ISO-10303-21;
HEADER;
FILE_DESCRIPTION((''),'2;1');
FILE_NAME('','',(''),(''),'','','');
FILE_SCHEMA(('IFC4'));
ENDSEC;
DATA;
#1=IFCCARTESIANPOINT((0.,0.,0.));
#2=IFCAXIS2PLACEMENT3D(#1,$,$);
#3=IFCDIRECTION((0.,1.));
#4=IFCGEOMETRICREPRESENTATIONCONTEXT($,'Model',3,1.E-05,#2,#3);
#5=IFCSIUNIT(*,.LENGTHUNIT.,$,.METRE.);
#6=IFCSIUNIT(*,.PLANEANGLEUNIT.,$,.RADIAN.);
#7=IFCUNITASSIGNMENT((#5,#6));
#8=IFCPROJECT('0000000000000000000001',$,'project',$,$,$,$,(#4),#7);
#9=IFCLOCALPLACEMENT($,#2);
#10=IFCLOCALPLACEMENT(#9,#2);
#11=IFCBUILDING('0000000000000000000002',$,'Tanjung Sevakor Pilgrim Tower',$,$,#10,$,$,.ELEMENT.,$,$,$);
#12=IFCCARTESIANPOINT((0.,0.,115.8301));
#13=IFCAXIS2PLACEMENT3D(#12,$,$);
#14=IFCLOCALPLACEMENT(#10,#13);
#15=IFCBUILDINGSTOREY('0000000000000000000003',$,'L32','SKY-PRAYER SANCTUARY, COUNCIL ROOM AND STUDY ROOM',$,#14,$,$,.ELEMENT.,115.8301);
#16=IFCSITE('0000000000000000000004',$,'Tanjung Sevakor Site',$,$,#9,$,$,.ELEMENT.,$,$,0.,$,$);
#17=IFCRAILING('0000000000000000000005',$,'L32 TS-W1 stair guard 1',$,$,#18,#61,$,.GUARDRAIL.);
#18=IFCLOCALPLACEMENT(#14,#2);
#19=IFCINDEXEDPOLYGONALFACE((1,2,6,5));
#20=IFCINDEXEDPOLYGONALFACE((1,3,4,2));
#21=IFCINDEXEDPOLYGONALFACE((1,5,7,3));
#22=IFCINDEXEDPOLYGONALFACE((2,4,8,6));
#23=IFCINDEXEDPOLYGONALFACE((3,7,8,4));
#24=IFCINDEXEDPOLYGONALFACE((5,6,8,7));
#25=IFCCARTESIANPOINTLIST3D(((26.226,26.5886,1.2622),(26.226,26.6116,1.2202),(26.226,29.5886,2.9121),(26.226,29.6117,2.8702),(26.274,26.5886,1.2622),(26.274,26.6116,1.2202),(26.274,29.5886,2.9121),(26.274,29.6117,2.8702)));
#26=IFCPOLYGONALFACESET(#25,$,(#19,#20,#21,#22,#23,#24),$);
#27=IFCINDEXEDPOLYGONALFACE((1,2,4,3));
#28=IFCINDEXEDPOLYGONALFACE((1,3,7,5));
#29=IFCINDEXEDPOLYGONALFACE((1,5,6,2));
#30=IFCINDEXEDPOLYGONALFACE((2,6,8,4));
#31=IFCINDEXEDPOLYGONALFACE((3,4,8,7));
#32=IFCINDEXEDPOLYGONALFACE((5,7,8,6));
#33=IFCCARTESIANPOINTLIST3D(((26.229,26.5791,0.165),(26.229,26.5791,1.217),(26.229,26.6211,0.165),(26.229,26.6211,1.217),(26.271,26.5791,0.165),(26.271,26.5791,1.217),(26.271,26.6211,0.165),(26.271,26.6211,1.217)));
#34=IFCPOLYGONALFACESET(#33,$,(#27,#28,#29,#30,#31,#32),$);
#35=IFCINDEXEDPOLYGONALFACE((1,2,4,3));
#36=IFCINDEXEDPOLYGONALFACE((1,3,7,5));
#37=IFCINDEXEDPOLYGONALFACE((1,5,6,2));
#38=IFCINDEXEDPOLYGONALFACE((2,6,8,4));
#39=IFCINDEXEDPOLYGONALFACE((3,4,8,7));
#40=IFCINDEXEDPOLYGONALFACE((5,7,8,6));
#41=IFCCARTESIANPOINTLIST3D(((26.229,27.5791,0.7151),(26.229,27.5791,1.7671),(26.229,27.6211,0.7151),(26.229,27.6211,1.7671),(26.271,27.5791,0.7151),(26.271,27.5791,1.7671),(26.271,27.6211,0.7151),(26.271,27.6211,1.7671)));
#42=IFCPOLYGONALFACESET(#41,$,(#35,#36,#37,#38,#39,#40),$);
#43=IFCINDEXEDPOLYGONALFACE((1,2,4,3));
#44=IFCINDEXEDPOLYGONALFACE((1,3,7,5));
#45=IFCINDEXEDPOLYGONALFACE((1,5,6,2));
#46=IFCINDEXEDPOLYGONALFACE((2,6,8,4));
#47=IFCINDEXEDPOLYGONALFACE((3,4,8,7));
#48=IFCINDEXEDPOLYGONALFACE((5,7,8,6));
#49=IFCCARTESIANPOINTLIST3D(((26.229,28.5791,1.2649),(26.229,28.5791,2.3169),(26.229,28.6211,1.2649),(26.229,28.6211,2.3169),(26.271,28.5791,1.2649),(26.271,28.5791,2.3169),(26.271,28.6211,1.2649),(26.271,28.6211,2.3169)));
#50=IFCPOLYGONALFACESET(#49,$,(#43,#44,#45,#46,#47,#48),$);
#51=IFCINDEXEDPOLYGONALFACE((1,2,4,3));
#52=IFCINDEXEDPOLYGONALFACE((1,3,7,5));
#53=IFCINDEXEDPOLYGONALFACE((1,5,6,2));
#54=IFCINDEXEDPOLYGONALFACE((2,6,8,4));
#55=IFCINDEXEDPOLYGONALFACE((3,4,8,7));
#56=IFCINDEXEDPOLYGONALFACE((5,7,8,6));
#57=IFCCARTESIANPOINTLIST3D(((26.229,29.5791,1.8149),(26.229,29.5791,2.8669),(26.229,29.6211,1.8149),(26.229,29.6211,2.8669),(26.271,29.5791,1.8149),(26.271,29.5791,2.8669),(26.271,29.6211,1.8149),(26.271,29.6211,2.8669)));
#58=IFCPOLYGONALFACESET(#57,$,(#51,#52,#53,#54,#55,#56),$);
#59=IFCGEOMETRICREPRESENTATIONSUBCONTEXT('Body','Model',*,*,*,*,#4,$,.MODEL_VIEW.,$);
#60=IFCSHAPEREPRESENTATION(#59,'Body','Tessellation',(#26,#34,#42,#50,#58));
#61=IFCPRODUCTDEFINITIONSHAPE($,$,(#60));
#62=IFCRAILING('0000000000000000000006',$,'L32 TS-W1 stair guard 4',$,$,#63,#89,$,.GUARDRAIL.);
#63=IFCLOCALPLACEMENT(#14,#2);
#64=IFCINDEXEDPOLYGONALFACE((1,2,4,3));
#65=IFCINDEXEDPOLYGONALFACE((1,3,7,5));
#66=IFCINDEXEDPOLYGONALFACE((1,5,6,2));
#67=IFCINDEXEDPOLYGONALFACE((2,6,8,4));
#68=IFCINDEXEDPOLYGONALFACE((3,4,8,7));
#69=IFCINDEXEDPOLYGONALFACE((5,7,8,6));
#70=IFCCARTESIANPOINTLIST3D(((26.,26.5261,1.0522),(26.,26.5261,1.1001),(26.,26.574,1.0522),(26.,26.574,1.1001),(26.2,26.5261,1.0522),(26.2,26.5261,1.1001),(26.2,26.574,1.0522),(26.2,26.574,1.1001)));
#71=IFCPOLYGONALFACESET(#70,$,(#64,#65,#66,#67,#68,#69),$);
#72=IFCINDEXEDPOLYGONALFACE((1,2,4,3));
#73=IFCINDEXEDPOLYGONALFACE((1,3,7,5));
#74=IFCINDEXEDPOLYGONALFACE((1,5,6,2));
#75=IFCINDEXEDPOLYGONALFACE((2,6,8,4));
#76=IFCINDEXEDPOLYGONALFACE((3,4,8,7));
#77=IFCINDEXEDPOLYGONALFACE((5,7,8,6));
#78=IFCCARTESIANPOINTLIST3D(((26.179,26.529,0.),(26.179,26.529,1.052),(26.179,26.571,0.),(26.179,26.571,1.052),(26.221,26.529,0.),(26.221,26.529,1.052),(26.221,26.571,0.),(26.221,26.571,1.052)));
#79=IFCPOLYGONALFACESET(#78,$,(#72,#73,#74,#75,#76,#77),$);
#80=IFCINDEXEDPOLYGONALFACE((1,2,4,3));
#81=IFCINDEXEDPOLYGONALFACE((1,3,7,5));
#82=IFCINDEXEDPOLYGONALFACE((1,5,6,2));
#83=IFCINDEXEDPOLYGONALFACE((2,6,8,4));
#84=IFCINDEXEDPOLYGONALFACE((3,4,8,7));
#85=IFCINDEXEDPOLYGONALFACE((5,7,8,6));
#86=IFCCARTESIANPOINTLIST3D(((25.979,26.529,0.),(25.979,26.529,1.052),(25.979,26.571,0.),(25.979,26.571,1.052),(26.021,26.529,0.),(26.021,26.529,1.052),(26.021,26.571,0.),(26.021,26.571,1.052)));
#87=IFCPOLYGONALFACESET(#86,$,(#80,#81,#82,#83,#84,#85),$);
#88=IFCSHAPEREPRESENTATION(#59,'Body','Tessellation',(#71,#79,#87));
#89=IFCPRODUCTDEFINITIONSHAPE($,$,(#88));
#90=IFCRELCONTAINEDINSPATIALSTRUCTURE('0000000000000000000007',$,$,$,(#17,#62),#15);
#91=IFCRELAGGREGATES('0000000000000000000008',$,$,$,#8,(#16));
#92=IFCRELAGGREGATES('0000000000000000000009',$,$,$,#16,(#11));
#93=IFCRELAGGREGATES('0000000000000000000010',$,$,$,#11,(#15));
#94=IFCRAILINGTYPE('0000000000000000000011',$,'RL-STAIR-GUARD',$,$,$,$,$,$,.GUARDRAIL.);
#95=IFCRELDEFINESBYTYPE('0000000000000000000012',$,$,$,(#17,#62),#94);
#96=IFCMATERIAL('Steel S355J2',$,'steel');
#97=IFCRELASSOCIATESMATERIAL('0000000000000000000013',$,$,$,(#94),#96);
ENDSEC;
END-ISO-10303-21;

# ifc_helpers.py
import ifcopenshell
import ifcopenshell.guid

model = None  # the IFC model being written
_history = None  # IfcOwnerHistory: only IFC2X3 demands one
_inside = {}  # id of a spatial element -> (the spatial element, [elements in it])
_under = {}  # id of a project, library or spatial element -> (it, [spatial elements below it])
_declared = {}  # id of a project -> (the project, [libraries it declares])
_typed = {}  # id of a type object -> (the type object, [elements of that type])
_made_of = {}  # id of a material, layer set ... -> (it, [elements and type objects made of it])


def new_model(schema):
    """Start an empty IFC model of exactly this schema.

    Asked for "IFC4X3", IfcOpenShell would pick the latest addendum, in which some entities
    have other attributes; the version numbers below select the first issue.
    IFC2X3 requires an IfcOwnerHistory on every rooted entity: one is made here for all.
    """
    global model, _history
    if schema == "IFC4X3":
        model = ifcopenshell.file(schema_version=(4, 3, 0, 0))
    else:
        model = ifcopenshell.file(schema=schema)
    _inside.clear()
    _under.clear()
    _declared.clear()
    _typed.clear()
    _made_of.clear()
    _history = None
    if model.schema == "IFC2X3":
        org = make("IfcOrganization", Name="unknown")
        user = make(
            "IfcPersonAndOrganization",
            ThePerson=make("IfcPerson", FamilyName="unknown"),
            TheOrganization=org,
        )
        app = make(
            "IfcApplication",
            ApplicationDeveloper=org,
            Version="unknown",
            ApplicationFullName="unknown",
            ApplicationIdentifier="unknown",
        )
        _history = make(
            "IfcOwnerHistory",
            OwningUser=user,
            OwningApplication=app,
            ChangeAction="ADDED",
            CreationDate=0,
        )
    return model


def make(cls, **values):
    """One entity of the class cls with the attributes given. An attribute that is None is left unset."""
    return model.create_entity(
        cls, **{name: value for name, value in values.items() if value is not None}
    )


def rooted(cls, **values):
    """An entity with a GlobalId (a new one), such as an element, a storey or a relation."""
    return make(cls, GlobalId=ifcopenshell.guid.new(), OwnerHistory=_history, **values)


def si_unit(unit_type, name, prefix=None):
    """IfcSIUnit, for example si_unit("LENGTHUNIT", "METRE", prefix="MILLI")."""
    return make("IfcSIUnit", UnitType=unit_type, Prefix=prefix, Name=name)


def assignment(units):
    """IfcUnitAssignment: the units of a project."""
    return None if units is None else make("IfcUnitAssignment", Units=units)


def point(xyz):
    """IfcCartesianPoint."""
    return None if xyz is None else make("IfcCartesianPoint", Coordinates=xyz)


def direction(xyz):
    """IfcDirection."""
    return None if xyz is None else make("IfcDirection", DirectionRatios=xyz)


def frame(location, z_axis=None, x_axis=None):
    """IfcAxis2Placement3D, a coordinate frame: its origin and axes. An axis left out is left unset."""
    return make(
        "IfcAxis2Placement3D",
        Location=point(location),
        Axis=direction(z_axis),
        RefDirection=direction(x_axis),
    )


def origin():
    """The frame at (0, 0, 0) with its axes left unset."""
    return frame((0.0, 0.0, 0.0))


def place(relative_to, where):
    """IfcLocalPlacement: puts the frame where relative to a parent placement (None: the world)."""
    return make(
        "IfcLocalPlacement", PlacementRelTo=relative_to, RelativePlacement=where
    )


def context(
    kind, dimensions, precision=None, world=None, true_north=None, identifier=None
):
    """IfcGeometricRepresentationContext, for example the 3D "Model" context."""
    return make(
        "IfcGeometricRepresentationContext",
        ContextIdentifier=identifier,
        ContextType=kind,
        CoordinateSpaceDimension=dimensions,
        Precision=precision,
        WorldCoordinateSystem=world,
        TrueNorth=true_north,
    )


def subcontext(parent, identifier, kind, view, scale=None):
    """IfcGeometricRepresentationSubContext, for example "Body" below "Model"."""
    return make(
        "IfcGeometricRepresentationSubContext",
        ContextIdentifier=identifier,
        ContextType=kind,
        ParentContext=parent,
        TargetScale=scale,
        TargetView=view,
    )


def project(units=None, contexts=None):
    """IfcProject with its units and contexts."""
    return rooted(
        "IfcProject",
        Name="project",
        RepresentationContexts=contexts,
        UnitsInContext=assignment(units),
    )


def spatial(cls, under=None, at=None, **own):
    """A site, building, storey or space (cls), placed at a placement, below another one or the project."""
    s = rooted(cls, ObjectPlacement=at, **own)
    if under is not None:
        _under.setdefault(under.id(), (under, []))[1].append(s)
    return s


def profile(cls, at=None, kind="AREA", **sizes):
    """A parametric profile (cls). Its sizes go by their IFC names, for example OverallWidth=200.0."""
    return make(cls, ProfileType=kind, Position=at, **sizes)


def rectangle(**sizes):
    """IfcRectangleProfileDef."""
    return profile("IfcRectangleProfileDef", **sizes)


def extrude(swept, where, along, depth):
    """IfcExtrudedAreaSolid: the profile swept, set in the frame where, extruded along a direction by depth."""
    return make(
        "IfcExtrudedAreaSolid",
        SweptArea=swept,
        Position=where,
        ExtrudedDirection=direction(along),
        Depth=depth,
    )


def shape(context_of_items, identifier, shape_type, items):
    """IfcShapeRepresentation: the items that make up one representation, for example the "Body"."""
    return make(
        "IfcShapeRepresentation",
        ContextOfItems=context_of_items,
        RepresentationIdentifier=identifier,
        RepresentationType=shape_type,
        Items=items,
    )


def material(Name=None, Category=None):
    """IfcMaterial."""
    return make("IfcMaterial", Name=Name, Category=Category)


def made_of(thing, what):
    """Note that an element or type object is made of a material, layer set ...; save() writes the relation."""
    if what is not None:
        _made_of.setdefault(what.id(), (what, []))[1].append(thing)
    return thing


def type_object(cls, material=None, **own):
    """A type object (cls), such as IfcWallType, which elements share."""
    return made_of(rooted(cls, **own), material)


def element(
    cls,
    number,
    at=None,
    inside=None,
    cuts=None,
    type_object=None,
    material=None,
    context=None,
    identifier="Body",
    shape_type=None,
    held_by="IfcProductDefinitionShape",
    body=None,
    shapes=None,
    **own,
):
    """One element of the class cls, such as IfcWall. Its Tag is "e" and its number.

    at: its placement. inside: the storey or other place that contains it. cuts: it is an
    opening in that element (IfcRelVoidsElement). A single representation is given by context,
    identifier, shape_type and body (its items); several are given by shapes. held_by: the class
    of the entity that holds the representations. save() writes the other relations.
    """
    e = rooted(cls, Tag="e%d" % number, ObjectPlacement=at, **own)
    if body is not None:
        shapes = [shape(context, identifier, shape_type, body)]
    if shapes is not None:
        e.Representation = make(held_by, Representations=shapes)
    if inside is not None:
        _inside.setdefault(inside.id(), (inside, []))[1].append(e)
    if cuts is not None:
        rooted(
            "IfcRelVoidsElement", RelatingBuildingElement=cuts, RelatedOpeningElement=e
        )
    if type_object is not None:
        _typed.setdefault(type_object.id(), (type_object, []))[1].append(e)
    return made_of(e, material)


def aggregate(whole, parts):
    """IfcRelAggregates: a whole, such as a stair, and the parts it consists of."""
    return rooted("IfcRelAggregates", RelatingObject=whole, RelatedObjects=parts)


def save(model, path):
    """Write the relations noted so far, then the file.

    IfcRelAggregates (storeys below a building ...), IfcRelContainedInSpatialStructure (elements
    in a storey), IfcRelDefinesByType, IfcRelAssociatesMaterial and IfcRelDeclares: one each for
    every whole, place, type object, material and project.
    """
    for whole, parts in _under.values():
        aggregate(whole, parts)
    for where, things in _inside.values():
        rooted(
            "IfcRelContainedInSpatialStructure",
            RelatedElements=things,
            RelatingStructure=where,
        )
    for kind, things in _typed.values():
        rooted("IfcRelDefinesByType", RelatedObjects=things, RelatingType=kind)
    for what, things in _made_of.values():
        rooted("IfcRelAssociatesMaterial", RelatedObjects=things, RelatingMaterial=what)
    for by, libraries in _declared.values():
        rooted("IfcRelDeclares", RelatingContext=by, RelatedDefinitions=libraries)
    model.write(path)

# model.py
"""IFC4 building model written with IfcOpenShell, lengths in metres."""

from ifc_helpers import new_model, si_unit, direction, frame, origin, place, context, subcontext, project, spatial, rectangle, extrude, material, type_object, element, save


model = new_model("IFC4")

# Units and contexts
model_context = context("Model", 3, precision=1e-05, world=origin(), true_north=direction((0.0, 1.0)))
body_context = subcontext(model_context, "Body", "Model", "MODEL_VIEW")
ifc_project = project(units=[si_unit("LENGTHUNIT", "METRE"), si_unit("PLANEANGLEUNIT", "RADIAN")], contexts=[model_context])

# Site, building, storey
site_placement = place(None, origin())
site = spatial("IfcSite", under=ifc_project, at=site_placement, Name="Tanjung Sevakor Site", CompositionType="ELEMENT", RefElevation=0.0)
building_placement = place(site_placement, origin())
building = spatial("IfcBuilding", under=site, at=building_placement, Name="Tanjung Sevakor Pilgrim Tower", CompositionType="ELEMENT")
storey_placement = place(building_placement, frame((0.0, 0.0, 115.8301)))
storey = spatial("IfcBuildingStorey", under=building, at=storey_placement, Name="L32", Description="SKY-PRAYER SANCTUARY, COUNCIL ROOM AND STUDY ROOM", CompositionType="ELEMENT", Elevation=115.8301)

# Railings
ifc_material_1 = material(Name="Steel S355J2", Category="steel")
railing_type_1 = type_object("IfcRailingType", Name="RL-STAIR-GUARD", PredefinedType="GUARDRAIL", material=ifc_material_1)
railing_1_placement = place(storey_placement, frame((26.25, 26.6001, 0.165)))
element("IfcRailing", 1, at=railing_1_placement, inside=storey, type_object=railing_type_1, Name="L32 TS-W1 stair guard 1", PredefinedType="GUARDRAIL", context=body_context, shape_type="SweptSolid", body=[
    extrude(rectangle(XDim=0.0479, YDim=0.0479), frame((0.0, 0.0, 1.0762), z_axis=(0.0, 0.876228, 0.481897), x_axis=(-1.0, 0.0, 0.0)), (0.0, 0.0, 1.0), 3.4238),
    extrude(rectangle(XDim=0.042, YDim=0.042), origin(), (0.0, 0.0, 1.0), 1.052),
    extrude(rectangle(XDim=0.042, YDim=0.042), frame((0.0, 1.0, 0.55)), (0.0, 0.0, 1.0), 1.052),
    extrude(rectangle(XDim=0.042, YDim=0.042), frame((0.0, 2.0, 1.0999)), (0.0, 0.0, 1.0), 1.052),
    extrude(rectangle(XDim=0.042, YDim=0.042), frame((0.0, 3.0, 1.6499)), (0.0, 0.0, 1.0), 1.052),
])
railing_2_placement = place(storey_placement, frame((26.2, 26.55, 0.0)))
element("IfcRailing", 2, at=railing_2_placement, inside=storey, type_object=railing_type_1, Name="L32 TS-W1 stair guard 4", PredefinedType="GUARDRAIL", context=body_context, shape_type="SweptSolid", body=[
    extrude(rectangle(XDim=0.0479, YDim=0.0479), frame((0.0, 0.0, 1.0762), z_axis=(-1.0, 0.0, 0.0), x_axis=(0.0, -1.0, 0.0)), (0.0, 0.0, 1.0), 0.2),
    extrude(rectangle(XDim=0.042, YDim=0.042), origin(), (0.0, 0.0, 1.0), 1.052),
    extrude(rectangle(XDim=0.042, YDim=0.042), frame((-0.2, 0.0, 0.0)), (0.0, 0.0, 1.0), 1.052),
])

save(model, "model.ifc")
